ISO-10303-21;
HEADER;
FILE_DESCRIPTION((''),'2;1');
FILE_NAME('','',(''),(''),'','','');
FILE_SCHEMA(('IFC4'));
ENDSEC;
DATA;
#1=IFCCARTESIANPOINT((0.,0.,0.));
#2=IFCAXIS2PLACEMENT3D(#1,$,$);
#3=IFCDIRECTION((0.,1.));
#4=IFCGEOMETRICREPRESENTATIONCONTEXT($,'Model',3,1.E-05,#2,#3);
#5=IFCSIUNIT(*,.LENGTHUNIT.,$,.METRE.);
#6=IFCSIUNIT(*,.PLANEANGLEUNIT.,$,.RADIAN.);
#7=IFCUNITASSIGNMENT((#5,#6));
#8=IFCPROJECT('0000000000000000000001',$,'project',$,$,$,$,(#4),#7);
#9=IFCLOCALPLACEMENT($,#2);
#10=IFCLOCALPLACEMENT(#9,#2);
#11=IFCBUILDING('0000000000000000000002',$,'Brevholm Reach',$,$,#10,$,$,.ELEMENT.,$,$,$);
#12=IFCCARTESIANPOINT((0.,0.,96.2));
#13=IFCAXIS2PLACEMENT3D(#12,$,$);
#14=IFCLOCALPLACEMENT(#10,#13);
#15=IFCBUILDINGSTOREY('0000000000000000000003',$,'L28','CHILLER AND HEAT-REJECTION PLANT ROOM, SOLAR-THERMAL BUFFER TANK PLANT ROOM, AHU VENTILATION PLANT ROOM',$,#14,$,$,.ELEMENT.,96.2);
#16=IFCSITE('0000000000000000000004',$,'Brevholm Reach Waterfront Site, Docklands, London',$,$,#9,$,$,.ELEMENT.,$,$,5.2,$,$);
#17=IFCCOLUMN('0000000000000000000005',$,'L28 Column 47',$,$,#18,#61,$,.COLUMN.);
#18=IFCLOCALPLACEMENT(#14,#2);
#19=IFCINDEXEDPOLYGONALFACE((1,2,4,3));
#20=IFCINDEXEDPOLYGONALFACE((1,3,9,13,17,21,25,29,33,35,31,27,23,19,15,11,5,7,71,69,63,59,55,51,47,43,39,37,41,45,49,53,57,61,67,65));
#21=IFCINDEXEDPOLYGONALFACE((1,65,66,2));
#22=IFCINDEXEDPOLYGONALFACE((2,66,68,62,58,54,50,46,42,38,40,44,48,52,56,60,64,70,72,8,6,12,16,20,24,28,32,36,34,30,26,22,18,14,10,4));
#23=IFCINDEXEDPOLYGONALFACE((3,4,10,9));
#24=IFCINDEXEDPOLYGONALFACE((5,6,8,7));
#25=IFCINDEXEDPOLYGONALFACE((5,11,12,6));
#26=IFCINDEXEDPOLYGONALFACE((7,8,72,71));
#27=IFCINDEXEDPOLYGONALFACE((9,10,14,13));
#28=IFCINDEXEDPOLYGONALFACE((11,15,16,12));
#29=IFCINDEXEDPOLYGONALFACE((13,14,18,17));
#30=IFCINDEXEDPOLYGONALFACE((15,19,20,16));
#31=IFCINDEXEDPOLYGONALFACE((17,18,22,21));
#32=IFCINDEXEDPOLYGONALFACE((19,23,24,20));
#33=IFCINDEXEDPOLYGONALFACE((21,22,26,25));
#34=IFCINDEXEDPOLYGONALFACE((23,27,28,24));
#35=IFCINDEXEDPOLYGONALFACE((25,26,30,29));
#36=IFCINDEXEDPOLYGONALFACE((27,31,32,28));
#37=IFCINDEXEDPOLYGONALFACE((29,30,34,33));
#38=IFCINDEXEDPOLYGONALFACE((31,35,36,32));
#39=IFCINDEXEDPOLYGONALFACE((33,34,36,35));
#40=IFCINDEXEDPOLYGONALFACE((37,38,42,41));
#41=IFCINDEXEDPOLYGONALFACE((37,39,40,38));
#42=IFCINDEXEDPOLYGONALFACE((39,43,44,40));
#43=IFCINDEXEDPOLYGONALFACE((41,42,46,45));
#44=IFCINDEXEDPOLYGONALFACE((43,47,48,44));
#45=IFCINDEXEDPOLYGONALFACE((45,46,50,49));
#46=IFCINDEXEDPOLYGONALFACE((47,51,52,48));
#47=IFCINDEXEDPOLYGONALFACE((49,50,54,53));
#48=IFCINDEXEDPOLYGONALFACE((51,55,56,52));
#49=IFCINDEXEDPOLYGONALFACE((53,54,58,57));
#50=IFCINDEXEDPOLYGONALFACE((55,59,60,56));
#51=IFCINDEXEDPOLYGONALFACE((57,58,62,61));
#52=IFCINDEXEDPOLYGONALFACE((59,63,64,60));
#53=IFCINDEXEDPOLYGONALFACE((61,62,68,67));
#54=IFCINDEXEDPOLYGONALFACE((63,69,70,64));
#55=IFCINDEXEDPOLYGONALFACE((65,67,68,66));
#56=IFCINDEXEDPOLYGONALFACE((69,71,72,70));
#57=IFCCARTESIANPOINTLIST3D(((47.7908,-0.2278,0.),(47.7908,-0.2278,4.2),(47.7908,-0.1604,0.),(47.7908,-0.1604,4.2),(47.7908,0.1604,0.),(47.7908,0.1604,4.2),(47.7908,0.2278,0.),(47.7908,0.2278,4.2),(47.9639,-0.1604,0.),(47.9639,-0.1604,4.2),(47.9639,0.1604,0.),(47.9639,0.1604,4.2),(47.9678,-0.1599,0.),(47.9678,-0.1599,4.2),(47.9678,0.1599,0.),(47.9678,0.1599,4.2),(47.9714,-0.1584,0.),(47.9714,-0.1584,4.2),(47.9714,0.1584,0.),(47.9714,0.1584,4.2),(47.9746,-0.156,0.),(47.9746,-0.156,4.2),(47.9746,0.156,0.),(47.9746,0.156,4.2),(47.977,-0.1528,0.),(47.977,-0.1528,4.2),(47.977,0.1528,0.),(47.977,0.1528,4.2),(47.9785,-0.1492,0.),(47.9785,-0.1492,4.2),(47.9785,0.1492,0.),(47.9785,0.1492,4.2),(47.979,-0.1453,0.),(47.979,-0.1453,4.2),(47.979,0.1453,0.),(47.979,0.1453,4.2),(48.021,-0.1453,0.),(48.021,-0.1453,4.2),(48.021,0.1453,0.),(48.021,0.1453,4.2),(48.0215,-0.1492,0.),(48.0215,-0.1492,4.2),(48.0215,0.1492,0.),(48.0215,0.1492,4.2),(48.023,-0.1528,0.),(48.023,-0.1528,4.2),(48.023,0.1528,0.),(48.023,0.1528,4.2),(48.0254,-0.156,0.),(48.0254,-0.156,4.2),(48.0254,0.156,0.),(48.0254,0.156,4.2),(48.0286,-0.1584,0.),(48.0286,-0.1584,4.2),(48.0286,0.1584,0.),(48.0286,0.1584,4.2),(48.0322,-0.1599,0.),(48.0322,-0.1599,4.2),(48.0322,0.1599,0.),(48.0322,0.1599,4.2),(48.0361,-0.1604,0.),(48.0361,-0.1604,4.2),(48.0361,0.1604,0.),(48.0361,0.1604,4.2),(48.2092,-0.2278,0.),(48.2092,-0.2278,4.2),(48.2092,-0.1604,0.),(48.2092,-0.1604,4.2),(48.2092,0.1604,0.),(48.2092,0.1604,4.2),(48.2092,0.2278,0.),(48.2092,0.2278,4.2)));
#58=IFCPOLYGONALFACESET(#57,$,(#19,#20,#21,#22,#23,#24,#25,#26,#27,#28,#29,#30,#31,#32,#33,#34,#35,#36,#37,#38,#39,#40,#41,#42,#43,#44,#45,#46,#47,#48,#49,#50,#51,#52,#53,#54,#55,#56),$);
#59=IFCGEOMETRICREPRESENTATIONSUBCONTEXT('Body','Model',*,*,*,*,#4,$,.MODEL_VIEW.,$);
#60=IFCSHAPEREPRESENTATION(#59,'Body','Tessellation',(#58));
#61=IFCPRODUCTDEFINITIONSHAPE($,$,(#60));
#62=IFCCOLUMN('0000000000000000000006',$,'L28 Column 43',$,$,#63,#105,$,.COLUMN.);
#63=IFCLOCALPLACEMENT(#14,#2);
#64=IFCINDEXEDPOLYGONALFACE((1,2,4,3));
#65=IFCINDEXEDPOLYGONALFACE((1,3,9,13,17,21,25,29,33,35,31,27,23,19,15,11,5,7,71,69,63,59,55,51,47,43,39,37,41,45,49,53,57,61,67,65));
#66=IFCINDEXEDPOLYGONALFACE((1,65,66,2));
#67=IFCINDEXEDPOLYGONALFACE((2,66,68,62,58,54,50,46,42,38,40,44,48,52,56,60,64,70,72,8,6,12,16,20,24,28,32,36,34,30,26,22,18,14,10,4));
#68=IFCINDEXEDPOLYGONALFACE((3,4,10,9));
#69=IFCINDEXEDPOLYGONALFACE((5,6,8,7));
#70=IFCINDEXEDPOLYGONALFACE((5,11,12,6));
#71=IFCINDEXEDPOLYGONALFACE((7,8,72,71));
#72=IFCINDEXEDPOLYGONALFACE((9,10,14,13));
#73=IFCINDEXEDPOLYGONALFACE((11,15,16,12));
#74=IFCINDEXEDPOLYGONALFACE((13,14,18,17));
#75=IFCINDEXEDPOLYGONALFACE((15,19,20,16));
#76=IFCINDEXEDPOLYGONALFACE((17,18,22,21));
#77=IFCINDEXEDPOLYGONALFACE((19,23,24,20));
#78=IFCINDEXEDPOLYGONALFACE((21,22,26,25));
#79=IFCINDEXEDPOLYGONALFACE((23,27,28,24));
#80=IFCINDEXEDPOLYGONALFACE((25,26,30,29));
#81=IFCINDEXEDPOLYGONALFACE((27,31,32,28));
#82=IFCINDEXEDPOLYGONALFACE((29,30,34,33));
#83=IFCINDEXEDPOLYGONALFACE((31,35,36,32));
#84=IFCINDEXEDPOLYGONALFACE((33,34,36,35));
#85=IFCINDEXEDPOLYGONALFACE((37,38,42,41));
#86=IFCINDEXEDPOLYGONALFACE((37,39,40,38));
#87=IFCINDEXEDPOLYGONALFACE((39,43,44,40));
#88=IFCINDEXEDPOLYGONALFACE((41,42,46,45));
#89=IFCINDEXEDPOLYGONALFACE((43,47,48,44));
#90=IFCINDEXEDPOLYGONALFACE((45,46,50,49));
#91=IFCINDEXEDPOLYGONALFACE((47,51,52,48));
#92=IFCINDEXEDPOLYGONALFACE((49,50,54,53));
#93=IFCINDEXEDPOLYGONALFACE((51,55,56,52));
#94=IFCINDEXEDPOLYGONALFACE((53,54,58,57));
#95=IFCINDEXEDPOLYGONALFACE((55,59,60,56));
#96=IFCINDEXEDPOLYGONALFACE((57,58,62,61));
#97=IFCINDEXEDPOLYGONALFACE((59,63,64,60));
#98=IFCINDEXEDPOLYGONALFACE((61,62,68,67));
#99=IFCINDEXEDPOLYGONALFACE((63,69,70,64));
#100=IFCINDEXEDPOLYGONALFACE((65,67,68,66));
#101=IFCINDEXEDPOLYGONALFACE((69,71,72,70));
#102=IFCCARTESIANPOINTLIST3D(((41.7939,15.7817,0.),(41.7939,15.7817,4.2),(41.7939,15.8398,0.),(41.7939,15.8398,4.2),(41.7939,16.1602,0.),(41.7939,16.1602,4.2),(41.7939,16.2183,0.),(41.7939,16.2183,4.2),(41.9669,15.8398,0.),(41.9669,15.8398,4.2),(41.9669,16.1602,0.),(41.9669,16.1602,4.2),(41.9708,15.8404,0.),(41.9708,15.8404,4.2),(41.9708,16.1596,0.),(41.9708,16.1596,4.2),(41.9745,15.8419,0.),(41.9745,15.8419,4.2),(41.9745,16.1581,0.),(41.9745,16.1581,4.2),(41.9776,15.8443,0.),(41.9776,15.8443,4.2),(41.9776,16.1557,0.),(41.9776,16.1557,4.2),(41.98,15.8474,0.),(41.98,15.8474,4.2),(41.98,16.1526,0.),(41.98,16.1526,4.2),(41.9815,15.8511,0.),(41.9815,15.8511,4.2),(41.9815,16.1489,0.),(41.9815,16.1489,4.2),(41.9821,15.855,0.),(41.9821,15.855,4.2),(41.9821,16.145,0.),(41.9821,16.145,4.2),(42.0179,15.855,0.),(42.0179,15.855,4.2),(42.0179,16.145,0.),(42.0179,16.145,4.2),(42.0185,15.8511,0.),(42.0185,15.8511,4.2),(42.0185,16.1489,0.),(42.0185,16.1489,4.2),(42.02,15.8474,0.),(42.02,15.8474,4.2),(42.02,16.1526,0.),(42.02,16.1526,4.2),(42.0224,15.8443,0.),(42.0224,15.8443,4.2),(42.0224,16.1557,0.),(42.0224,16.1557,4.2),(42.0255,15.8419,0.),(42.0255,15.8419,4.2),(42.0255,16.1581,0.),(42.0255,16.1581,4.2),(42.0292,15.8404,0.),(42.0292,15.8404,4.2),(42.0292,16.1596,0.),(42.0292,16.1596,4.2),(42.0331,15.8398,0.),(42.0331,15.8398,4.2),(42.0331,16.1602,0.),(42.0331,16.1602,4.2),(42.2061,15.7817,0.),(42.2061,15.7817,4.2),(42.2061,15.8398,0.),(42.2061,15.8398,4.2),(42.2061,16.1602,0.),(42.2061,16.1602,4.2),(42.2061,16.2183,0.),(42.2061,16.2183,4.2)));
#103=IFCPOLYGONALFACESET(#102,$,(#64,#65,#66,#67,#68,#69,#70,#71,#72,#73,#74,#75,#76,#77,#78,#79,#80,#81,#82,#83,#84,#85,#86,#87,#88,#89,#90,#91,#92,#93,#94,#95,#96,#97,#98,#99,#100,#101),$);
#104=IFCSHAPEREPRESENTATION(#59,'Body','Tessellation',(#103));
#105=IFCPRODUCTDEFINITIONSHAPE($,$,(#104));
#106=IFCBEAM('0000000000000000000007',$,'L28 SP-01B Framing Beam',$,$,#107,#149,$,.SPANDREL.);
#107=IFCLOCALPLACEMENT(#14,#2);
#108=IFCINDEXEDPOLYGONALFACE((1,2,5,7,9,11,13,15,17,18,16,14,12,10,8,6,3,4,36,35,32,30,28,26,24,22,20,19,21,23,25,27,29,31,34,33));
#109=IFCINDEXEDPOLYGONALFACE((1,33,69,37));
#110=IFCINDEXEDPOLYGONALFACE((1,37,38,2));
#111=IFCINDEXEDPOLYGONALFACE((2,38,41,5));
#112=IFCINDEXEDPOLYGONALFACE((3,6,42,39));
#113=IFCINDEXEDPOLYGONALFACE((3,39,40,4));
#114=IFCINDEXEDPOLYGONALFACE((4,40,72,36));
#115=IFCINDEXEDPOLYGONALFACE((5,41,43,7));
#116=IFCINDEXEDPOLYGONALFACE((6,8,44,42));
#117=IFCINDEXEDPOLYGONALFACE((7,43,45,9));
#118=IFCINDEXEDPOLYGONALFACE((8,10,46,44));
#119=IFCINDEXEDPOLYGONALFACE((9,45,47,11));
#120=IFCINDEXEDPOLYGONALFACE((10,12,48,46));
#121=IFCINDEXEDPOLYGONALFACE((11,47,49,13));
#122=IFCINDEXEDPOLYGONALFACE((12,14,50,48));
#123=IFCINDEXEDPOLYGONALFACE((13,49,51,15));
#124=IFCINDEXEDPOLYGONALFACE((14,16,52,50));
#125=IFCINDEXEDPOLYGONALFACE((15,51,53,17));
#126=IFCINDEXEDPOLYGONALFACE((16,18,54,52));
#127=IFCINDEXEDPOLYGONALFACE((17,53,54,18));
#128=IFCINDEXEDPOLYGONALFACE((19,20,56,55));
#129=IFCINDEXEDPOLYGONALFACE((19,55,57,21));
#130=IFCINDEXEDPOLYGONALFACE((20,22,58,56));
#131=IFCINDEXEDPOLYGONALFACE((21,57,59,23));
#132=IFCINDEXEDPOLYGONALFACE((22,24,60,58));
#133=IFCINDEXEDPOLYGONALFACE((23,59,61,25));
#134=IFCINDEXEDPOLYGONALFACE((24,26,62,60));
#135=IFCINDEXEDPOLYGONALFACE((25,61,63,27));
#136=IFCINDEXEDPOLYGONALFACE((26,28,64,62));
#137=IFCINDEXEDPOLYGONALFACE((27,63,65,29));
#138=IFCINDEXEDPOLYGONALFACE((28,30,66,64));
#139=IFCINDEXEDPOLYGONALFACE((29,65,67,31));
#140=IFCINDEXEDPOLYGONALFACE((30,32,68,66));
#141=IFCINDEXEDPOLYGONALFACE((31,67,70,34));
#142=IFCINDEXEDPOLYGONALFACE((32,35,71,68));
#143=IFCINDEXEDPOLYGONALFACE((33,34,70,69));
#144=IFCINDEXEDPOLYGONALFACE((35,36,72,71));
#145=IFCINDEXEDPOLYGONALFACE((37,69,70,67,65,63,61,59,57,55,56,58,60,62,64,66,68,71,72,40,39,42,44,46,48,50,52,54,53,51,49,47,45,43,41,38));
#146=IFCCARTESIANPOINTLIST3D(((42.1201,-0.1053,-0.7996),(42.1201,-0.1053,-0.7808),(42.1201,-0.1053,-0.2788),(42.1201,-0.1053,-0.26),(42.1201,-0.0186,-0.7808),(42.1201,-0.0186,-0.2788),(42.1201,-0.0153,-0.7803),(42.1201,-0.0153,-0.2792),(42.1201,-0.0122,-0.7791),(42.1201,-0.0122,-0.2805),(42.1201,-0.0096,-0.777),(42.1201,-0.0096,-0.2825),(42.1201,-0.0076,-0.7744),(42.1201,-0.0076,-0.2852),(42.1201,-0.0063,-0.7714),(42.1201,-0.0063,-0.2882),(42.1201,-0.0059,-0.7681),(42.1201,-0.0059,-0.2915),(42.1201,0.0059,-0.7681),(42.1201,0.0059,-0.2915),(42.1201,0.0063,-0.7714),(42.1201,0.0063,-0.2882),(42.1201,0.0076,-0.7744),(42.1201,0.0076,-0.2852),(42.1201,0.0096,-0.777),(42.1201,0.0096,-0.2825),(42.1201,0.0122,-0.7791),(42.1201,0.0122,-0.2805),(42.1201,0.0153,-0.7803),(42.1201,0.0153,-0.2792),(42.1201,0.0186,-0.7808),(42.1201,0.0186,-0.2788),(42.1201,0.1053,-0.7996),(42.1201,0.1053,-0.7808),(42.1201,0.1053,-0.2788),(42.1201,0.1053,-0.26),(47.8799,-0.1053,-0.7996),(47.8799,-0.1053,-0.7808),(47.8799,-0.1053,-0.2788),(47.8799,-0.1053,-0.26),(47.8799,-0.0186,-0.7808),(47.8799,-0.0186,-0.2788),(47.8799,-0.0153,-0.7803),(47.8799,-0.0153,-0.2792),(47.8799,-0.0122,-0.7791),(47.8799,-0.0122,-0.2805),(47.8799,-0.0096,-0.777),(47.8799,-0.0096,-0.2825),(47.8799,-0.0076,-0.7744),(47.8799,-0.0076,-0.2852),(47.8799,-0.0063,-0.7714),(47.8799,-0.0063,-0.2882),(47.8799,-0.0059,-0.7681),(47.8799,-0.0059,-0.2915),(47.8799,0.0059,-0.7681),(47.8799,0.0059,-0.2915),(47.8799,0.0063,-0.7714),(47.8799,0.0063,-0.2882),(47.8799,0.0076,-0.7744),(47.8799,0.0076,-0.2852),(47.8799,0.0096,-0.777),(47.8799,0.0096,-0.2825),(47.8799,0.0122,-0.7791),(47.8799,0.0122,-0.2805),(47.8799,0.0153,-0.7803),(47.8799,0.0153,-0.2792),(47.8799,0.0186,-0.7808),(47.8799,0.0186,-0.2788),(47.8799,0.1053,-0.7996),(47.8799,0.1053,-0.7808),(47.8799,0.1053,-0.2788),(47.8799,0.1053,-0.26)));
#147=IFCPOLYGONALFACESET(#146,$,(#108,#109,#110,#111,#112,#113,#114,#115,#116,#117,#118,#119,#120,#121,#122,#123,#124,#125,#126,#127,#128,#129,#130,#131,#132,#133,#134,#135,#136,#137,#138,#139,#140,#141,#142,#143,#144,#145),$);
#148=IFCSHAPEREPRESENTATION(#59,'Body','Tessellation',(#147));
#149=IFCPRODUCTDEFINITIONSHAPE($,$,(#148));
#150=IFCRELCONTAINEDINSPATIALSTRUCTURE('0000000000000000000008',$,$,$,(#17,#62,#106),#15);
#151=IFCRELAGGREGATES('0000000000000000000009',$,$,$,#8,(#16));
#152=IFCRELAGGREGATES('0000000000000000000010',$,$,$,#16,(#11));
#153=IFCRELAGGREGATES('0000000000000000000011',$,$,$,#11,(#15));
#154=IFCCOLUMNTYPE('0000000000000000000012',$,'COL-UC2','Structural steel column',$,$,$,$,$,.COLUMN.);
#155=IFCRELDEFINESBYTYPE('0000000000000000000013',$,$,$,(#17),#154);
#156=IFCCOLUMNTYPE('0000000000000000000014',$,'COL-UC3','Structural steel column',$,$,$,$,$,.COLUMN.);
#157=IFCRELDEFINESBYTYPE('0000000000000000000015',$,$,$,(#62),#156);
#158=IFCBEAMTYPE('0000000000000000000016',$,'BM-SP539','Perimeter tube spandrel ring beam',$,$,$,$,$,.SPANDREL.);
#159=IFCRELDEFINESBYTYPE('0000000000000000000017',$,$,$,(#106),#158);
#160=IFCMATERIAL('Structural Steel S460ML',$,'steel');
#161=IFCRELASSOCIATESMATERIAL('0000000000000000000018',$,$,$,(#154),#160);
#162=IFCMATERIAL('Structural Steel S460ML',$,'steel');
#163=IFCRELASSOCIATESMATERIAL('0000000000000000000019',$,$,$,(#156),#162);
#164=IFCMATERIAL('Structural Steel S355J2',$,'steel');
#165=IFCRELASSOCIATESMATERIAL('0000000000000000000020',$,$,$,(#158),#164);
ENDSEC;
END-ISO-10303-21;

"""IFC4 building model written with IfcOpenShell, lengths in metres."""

from ifc_helpers import new_model, si_unit, direction, frame, origin, origin_2d, place, context, subcontext, project, spatial, i_section, extrude, material, material_profile, profile_set, type_object, element, save


model = new_model("IFC4")

# Units and contexts
model_context = context("Model", 3, precision=1e-05, world=origin(), true_north=direction((0.0, 1.0)))
body_context = subcontext(model_context, "Body", "Model", "MODEL_VIEW")
ifc_project = project(units=[si_unit("LENGTHUNIT", "METRE"), si_unit("PLANEANGLEUNIT", "RADIAN")], contexts=[model_context])

# Site, building, storey
site_placement = place(None, origin())
site = spatial("IfcSite", under=ifc_project, at=site_placement, Name="Brevholm Reach Waterfront Site, Docklands, London", CompositionType="ELEMENT", RefElevation=5.2)
building_placement = place(site_placement, origin())
building = spatial("IfcBuilding", under=site, at=building_placement, Name="Brevholm Reach", CompositionType="ELEMENT")
storey_placement = place(building_placement, frame((0.0, 0.0, 96.2)))
storey = spatial("IfcBuildingStorey", under=building, at=storey_placement, Name="L28", Description="CHILLER AND HEAT-REJECTION PLANT ROOM, SOLAR-THERMAL BUFFER TANK PLANT ROOM, AHU VENTILATION PLANT ROOM", CompositionType="ELEMENT", Elevation=96.2)

# Columns
ifc_material_1 = material(Name="Structural Steel S460ML", Category="steel")
ifc_material_profile_1 = material_profile(ifc_material_1, i_section(OverallWidth=0.4185, OverallDepth=0.4556, WebThickness=0.042, FlangeThickness=0.0674, FilletRadius=0.0151, at=origin_2d()), Name="UKC 356x406x551")
ifc_profile_set_1 = profile_set([ifc_material_profile_1], Name="Structural Steel S460ML")
column_type_1 = type_object("IfcColumnType", Name="COL-UC2", Description="Structural steel column", PredefinedType="COLUMN", material=ifc_profile_set_1)
column_1_placement = place(storey_placement, frame((48.0, 0.0, 0.0), z_axis=(0.0, 0.0, 1.0), x_axis=(1.0, 0.0, 0.0)))
element("IfcColumn", 1, at=column_1_placement, inside=storey, type_object=column_type_1, Name="L28 Column 47", PredefinedType="COLUMN", context=body_context, shape_type="SweptSolid", body=[
    extrude(i_section(OverallWidth=0.4185, OverallDepth=0.4556, WebThickness=0.042, FlangeThickness=0.0674, FilletRadius=0.0151, at=origin_2d()), origin(), (0.0, 0.0, 1.0), 4.2),
])
ifc_material_2 = material(Name="Structural Steel S460ML", Category="steel")
ifc_material_profile_2 = material_profile(ifc_material_2, i_section(OverallWidth=0.4121, OverallDepth=0.4365, WebThickness=0.0359, FlangeThickness=0.0581, FilletRadius=0.0151, at=origin_2d()), Name="UKC 356x406x467")
ifc_profile_set_2 = profile_set([ifc_material_profile_2], Name="Structural Steel S460ML")
column_type_2 = type_object("IfcColumnType", Name="COL-UC3", Description="Structural steel column", PredefinedType="COLUMN", material=ifc_profile_set_2)
column_2_placement = place(storey_placement, frame((42.0, 16.0, 0.0), z_axis=(0.0, 0.0, 1.0), x_axis=(1.0, 0.0, 0.0)))
element("IfcColumn", 2, at=column_2_placement, inside=storey, type_object=column_type_2, Name="L28 Column 43", PredefinedType="COLUMN", context=body_context, shape_type="SweptSolid", body=[
    extrude(i_section(OverallWidth=0.4121, OverallDepth=0.4365, WebThickness=0.0359, FlangeThickness=0.0581, FilletRadius=0.0151, at=origin_2d()), origin(), (0.0, 0.0, 1.0), 4.2),
])

# Beam
ifc_material_3 = material(Name="Structural Steel S355J2", Category="steel")
ifc_material_profile_3 = material_profile(ifc_material_3, i_section(OverallWidth=0.2107, OverallDepth=0.5396, WebThickness=0.0117, FlangeThickness=0.0188, FilletRadius=0.0127, at=origin_2d()), Name="UKB 533x210x109")
ifc_profile_set_3 = profile_set([ifc_material_profile_3], Name="Structural Steel S355J2")
beam_type_1 = type_object("IfcBeamType", Name="BM-SP539", Description="Perimeter tube spandrel ring beam", PredefinedType="SPANDREL", material=ifc_profile_set_3)
beam_1_placement = place(storey_placement, frame((42.1201, 0.0, -0.5298), z_axis=(1.0, 0.0, 0.0), x_axis=(0.0, 1.0, 0.0)))
element("IfcBeam", 3, at=beam_1_placement, inside=storey, type_object=beam_type_1, Name="L28 SP-01B Framing Beam", PredefinedType="SPANDREL", context=body_context, shape_type="SweptSolid", body=[
    extrude(i_section(OverallWidth=0.2107, OverallDepth=0.5396, WebThickness=0.0117, FlangeThickness=0.0188, FilletRadius=0.0127, at=origin_2d()), origin(), (0.0, 0.0, 1.0), 5.7598),
])

save(model, "model.ifc")
